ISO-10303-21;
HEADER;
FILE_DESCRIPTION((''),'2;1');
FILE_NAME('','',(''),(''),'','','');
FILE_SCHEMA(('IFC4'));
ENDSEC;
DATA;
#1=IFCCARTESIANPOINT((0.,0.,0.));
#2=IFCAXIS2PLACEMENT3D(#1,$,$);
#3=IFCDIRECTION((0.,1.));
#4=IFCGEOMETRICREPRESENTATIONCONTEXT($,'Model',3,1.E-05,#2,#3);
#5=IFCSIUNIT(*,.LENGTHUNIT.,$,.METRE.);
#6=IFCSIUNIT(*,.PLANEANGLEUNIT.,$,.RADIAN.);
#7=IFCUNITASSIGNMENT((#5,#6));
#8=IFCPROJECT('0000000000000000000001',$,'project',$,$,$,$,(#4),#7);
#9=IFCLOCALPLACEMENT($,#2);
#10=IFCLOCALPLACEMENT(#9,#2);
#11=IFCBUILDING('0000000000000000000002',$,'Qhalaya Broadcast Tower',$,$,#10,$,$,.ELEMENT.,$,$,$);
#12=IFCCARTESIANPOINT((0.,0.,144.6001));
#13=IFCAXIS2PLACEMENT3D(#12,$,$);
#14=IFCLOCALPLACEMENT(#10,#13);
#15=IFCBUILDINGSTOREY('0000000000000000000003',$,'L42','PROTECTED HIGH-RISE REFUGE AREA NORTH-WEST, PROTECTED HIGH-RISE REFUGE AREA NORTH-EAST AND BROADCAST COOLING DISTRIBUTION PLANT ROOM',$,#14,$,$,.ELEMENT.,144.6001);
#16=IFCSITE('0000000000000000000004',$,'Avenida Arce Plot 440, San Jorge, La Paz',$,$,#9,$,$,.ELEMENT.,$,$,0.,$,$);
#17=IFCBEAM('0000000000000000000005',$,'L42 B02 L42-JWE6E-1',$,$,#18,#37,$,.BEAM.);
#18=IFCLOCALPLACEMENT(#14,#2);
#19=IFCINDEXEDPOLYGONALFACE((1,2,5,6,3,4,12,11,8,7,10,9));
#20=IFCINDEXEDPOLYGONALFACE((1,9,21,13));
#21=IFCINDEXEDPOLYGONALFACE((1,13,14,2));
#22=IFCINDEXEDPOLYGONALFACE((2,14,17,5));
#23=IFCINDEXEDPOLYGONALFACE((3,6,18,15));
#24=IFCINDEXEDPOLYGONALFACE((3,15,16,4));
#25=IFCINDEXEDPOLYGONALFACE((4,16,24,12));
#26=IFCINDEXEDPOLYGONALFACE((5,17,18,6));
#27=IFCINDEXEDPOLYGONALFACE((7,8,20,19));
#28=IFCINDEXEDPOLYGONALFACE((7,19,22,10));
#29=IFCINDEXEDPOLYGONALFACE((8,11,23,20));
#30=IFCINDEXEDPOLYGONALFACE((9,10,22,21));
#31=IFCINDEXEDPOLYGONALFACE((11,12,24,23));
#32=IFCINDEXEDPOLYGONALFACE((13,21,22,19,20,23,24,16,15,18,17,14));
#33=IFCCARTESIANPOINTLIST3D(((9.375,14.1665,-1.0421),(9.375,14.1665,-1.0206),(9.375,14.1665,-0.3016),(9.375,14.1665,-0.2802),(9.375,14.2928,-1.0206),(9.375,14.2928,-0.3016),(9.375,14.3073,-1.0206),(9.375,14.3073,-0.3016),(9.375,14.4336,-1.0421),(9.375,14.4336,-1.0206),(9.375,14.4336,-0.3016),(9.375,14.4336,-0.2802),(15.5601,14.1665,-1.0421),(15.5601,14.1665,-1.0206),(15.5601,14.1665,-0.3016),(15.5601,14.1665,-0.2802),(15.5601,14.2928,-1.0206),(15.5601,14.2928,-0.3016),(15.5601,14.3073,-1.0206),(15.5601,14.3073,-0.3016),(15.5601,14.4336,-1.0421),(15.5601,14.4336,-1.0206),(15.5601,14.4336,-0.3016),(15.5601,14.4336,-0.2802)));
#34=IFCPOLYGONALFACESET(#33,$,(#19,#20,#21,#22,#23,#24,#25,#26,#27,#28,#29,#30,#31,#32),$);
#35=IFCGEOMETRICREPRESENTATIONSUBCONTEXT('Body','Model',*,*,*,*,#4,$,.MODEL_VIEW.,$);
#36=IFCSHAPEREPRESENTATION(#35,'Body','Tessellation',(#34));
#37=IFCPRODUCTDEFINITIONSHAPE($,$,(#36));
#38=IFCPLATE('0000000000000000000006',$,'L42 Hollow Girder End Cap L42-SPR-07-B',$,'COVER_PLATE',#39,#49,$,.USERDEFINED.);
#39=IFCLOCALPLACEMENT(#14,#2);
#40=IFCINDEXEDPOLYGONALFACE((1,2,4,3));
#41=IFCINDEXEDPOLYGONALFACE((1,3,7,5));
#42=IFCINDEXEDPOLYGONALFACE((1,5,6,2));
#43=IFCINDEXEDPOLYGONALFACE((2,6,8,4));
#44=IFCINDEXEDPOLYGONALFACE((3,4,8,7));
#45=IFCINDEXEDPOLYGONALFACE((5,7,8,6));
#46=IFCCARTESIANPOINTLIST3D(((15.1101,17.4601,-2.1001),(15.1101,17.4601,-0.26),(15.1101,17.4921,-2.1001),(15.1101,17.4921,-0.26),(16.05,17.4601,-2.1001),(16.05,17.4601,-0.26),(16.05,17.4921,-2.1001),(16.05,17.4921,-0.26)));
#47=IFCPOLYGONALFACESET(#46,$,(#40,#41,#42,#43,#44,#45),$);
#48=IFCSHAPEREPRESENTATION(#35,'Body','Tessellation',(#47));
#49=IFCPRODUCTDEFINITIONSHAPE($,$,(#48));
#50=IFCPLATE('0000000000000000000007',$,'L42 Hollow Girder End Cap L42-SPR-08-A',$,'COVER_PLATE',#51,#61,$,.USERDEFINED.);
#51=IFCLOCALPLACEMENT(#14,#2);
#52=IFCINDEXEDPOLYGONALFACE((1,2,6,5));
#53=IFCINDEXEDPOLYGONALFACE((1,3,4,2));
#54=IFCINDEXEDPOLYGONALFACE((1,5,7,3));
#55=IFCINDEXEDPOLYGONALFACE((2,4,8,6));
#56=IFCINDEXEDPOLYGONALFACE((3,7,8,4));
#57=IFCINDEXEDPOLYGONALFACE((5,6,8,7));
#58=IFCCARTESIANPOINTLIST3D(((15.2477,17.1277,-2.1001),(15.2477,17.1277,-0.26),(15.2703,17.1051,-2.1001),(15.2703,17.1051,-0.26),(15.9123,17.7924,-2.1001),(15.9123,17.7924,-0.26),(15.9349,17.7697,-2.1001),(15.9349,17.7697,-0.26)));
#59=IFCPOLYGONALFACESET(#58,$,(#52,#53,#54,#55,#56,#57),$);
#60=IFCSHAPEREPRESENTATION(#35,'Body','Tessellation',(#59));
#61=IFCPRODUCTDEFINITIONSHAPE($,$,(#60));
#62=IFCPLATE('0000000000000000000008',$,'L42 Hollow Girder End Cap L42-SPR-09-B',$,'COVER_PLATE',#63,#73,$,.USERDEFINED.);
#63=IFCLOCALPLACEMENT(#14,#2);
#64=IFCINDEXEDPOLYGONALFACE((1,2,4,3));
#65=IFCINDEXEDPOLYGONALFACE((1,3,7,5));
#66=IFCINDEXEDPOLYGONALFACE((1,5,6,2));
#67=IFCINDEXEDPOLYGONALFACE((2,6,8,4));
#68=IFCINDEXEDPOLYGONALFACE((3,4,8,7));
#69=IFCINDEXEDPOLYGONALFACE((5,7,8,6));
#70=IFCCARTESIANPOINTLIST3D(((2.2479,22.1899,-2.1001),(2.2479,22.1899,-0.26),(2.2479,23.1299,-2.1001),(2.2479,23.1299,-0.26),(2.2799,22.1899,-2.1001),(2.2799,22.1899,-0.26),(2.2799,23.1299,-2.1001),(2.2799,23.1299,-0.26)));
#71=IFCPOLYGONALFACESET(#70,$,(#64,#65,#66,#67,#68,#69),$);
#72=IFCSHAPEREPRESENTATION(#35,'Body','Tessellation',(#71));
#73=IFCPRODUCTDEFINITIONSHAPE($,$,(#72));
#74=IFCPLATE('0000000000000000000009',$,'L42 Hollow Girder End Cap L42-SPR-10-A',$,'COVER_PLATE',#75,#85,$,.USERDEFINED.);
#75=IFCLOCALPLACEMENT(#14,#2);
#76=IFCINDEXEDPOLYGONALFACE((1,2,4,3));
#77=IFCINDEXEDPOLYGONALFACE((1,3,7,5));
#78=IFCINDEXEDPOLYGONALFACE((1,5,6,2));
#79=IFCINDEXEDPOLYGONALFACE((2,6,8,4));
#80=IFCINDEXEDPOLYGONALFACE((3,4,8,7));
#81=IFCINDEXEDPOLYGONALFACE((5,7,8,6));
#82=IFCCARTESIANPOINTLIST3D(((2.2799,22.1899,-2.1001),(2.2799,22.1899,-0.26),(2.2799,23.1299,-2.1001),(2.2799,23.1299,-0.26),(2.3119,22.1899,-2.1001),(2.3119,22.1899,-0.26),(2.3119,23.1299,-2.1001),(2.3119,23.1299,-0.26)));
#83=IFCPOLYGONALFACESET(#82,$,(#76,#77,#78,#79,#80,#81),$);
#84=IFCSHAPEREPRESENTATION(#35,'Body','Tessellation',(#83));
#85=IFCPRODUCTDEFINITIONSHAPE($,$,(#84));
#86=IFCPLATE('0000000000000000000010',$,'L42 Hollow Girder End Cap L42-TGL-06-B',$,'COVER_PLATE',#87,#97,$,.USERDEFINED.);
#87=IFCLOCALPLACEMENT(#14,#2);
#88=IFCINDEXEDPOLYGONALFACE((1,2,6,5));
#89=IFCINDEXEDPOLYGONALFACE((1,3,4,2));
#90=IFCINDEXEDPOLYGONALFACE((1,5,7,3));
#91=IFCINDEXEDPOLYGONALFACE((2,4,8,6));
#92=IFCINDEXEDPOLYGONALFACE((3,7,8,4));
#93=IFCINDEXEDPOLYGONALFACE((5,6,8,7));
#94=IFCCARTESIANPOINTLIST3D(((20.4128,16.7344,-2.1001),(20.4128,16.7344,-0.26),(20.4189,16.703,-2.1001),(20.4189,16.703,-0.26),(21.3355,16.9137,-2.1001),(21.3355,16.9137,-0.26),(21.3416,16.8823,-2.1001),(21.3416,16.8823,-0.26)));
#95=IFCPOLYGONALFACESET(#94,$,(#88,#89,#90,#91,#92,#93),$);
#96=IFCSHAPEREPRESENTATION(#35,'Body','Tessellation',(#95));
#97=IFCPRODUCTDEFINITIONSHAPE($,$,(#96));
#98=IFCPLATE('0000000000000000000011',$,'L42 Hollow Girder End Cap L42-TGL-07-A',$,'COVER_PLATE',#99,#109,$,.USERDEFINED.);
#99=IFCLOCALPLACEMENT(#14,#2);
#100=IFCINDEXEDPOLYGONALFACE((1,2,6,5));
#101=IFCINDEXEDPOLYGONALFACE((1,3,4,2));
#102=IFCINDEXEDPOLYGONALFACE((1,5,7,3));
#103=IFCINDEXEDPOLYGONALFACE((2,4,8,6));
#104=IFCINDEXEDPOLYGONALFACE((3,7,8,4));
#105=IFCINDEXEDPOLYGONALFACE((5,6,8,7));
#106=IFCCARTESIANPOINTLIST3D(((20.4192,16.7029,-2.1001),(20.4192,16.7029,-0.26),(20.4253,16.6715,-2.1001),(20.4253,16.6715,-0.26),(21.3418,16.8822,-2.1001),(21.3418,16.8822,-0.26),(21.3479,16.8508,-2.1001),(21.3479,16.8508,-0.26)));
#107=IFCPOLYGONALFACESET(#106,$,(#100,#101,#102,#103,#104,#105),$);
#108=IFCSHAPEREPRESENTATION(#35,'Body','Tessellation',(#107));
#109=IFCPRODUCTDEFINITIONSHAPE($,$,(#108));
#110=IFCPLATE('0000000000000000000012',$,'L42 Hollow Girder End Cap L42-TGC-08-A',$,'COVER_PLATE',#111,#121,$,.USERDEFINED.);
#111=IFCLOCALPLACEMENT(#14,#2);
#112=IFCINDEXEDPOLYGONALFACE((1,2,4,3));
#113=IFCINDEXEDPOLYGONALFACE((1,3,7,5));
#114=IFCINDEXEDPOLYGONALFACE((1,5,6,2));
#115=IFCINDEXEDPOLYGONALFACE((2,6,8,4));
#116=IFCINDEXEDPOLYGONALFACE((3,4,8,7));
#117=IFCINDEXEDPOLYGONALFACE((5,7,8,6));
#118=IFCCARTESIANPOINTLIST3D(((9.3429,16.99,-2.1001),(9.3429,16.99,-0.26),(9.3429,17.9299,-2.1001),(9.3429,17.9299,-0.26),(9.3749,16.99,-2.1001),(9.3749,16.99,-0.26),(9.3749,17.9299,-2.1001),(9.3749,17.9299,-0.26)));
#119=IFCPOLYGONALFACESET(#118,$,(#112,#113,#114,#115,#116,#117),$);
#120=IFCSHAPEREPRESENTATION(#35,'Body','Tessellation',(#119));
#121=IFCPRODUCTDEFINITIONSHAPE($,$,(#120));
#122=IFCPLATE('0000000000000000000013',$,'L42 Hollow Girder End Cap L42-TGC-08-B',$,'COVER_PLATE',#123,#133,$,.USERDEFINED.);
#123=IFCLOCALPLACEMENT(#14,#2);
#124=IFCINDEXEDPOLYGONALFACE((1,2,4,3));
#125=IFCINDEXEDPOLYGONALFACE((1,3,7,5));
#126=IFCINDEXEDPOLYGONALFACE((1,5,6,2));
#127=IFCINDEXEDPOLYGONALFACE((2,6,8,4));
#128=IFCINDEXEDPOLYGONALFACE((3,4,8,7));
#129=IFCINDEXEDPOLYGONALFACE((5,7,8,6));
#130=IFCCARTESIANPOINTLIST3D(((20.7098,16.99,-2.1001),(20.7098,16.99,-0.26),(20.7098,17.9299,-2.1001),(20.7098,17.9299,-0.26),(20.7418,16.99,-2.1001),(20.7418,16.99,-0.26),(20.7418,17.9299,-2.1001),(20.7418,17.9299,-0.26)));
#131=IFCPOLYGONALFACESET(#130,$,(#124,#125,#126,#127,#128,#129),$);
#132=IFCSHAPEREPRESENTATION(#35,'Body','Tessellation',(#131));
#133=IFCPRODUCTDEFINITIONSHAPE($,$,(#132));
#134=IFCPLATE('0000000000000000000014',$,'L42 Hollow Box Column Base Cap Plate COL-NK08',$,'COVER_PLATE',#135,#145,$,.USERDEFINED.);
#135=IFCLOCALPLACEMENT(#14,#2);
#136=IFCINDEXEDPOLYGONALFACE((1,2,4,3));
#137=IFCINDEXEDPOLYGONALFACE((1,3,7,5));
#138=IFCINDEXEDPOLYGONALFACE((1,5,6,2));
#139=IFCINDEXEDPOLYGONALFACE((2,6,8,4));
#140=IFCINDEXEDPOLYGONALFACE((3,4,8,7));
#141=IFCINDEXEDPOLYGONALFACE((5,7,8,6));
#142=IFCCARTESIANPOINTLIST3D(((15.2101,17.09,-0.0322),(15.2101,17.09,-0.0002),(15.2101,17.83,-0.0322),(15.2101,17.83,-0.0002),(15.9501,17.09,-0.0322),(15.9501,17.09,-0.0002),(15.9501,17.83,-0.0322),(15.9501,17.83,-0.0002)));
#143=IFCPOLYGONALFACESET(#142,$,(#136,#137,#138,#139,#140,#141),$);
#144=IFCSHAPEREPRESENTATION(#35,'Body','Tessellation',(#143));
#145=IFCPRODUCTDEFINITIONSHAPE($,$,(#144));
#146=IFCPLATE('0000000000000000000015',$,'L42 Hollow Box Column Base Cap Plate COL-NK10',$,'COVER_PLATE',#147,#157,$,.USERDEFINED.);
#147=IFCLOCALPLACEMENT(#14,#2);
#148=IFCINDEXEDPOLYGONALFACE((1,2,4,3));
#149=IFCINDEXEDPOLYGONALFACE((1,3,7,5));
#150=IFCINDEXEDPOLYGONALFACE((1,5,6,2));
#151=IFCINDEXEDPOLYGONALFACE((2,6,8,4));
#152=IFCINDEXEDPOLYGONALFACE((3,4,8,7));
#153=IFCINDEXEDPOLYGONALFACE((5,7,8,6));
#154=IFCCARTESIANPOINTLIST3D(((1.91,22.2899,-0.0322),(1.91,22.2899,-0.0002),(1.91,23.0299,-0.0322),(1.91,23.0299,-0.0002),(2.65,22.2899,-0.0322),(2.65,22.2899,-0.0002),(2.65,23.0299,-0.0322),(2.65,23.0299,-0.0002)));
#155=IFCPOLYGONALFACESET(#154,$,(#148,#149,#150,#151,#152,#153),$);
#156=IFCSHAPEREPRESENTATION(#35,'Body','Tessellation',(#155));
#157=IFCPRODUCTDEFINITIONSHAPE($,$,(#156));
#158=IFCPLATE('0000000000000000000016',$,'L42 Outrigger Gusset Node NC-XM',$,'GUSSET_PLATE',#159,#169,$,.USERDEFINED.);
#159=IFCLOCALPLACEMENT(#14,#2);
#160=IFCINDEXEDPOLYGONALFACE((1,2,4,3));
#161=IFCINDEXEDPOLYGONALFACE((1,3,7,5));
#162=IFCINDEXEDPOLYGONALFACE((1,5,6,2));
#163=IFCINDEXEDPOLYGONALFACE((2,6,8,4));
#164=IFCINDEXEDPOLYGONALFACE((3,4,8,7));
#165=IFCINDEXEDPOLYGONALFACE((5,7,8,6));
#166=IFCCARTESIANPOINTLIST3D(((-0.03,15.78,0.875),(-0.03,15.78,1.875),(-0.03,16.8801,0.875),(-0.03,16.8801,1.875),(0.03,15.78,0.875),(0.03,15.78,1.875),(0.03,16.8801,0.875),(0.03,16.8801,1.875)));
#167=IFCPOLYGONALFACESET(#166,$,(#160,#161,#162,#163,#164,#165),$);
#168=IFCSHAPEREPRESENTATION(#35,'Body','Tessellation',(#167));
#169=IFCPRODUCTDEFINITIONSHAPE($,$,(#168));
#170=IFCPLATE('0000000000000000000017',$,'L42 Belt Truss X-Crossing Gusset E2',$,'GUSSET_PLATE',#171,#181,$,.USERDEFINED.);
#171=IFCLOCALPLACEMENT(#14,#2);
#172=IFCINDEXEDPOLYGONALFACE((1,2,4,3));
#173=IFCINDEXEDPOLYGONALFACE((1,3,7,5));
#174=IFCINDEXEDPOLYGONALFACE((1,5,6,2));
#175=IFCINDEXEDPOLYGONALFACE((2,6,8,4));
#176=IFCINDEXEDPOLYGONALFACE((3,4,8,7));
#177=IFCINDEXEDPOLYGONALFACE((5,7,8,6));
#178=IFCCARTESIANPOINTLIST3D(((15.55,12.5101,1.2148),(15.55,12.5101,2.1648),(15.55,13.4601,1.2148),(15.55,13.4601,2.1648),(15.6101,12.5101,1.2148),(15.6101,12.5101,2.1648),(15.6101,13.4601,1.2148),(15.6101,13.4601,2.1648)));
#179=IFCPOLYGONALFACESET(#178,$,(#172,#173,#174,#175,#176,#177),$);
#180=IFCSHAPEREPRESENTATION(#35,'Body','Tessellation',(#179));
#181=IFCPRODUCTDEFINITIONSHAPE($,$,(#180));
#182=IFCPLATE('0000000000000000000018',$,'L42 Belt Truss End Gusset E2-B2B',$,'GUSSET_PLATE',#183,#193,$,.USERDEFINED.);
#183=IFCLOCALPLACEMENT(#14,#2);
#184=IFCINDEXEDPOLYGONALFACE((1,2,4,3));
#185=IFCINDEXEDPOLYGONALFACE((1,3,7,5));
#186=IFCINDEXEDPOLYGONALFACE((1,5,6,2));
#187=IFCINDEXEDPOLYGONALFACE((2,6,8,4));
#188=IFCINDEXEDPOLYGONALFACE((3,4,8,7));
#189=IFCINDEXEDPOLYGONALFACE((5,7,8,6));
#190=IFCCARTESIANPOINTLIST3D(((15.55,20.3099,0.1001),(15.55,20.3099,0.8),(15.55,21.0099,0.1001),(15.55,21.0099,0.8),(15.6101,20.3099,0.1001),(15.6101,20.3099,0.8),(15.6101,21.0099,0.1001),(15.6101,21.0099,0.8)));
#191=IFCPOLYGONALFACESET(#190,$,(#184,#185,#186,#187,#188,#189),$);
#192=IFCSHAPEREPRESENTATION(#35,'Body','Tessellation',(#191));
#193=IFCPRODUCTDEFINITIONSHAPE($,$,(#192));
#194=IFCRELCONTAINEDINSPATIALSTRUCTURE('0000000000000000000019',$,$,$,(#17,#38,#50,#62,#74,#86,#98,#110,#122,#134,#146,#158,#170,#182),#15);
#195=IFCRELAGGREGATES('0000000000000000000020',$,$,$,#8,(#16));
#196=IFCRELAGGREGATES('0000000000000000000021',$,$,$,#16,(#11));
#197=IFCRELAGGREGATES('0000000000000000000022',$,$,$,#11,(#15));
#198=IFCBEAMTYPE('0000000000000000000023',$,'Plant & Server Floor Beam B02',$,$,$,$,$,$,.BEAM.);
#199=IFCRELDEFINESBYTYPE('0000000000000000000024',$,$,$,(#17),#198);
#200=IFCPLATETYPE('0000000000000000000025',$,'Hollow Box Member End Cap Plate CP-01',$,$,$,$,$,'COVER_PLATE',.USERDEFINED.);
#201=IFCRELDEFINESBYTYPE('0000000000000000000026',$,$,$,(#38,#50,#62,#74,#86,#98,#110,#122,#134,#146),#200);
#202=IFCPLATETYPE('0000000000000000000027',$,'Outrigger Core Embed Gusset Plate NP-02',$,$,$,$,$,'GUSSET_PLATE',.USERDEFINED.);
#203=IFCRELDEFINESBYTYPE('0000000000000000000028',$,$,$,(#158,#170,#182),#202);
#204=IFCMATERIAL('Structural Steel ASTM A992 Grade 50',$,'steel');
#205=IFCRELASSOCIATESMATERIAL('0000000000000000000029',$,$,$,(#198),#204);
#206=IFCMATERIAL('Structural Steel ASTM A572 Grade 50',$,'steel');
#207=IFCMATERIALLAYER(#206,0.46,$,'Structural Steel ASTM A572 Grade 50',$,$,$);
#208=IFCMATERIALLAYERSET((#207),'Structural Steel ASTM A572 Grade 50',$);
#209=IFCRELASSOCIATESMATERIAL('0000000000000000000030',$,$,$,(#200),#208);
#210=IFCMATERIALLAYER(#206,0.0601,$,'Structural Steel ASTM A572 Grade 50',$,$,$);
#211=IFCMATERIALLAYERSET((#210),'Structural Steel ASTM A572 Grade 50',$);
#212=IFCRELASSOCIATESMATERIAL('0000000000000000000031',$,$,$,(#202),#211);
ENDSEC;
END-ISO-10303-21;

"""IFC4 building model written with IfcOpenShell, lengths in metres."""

from ifc_helpers import new_model, si_unit, direction, frame, origin, origin_2d, place, context, subcontext, project, spatial, rectangle, i_section, extrude, material, layer, layer_set, material_profile, profile_set, type_object, element, save


model = new_model("IFC4")

# Units and contexts
model_context = context("Model", 3, precision=1e-05, world=origin(), true_north=direction((0.0, 1.0)))
body_context = subcontext(model_context, "Body", "Model", "MODEL_VIEW")
ifc_project = project(units=[si_unit("LENGTHUNIT", "METRE"), si_unit("PLANEANGLEUNIT", "RADIAN")], contexts=[model_context])

# Site, building, storey
site_placement = place(None, origin())
site = spatial("IfcSite", under=ifc_project, at=site_placement, Name="Avenida Arce Plot 440, San Jorge, La Paz", CompositionType="ELEMENT", RefElevation=0.0)
building_placement = place(site_placement, origin())
building = spatial("IfcBuilding", under=site, at=building_placement, Name="Qhalaya Broadcast Tower", CompositionType="ELEMENT")
storey_placement = place(building_placement, frame((0.0, 0.0, 144.6001)))
storey = spatial("IfcBuildingStorey", under=building, at=storey_placement, Name="L42", Description="PROTECTED HIGH-RISE REFUGE AREA NORTH-WEST, PROTECTED HIGH-RISE REFUGE AREA NORTH-EAST AND BROADCAST COOLING DISTRIBUTION PLANT ROOM", CompositionType="ELEMENT", Elevation=144.6001)

# Shared definitions
ifc_material_1 = material(Name="Structural Steel ASTM A572 Grade 50", Category="steel")

# Beam
ifc_material_2 = material(Name="Structural Steel ASTM A992 Grade 50", Category="steel")
ifc_material_profile_1 = material_profile(ifc_material_2, i_section(OverallWidth=0.2671, OverallDepth=0.762, WebThickness=0.0144, FlangeThickness=0.0215, at=origin_2d()), Name="W30X116")
ifc_profile_set_1 = profile_set([ifc_material_profile_1], Name="Structural Steel ASTM A992 Grade 50")
beam_type_1 = type_object("IfcBeamType", Name="Plant & Server Floor Beam B02", PredefinedType="BEAM", material=ifc_profile_set_1)
beam_1_placement = place(storey_placement, frame((9.375, 14.3, -0.6611), z_axis=(1.0, 0.0, 0.0), x_axis=(0.0, 1.0, 0.0)))
element("IfcBeam", 1, at=beam_1_placement, inside=storey, type_object=beam_type_1, Name="L42 B02 L42-JWE6E-1", PredefinedType="BEAM", context=body_context, shape_type="SweptSolid", body=[
    extrude(i_section(OverallWidth=0.2671, OverallDepth=0.762, WebThickness=0.0144, FlangeThickness=0.0215, at=origin_2d()), origin(), (0.0, 0.0, 1.0), 6.1851),
])

# Plates
ifc_layer_1 = layer(ifc_material_1, 0.46, Name="Structural Steel ASTM A572 Grade 50")
ifc_layer_set_1 = layer_set([ifc_layer_1], Name="Structural Steel ASTM A572 Grade 50")
plate_type_1 = type_object("IfcPlateType", Name="Hollow Box Member End Cap Plate CP-01", ElementType="COVER_PLATE", PredefinedType="USERDEFINED", material=ifc_layer_set_1)
for number, where, z_axis, x_axis, name in (
    (2, (15.5801, 17.4761, -2.1001), (0.0, 0.0, 1.0), (-1.0, 0.0, 0.0), "L42 Hollow Girder End Cap L42-SPR-07-B"),
    (3, (15.5913, 17.4487, -2.1001), (0.0, 0.0, 1.0), (-0.707107, -0.707107, 0.0), "L42 Hollow Girder End Cap L42-SPR-08-A"),
    (4, (2.2639, 22.6599, -2.1001), (0.0, 0.0, 1.0), (0.0, -1.0, 0.0), "L42 Hollow Girder End Cap L42-SPR-09-B"),
    (5, (2.2959, 22.6599, -2.1001), (0.0, 0.0, 1.0), (0.0, -1.0, 0.0), "L42 Hollow Girder End Cap L42-SPR-10-A"),
    (6, (20.8772, 16.8083, -2.1001), (0.0, 0.0, 1.0), (-0.981627, -0.190809, 0.0), "L42 Hollow Girder End Cap L42-TGL-06-B"),
    (7, (20.8835, 16.7769, -2.1001), (0.0, 0.0, 1.0), (-0.981627, -0.190809, 0.0), "L42 Hollow Girder End Cap L42-TGL-07-A"),
    (8, (9.3589, 17.46, -2.1001), (0.0, 0.0, 1.0), (0.0, 1.0, 0.0), "L42 Hollow Girder End Cap L42-TGC-08-A"),
    (9, (20.7258, 17.46, -2.1001), (0.0, 0.0, 1.0), (0.0, 1.0, 0.0), "L42 Hollow Girder End Cap L42-TGC-08-B"),
):
    element("IfcPlate", number, at=place(storey_placement, frame(where, z_axis=z_axis, x_axis=x_axis)), inside=storey, type_object=plate_type_1, Name=name, ObjectType="COVER_PLATE", PredefinedType="USERDEFINED", context=body_context, shape_type="SweptSolid", body=[
        extrude(rectangle(XDim=0.9399, YDim=0.032, at=origin_2d()), origin(), (0.0, 0.0, 1.0), 1.8401),
    ])
for number, where, z_axis, x_axis, name in (
    (10, (15.5801, 17.46, -0.0322), (0.0, 0.0, 1.0), (0.0, 1.0, 0.0), "L42 Hollow Box Column Base Cap Plate COL-NK08"),
    (11, (2.28, 22.6599, -0.0322), (0.0, 0.0, 1.0), (1.0, 0.0, 0.0), "L42 Hollow Box Column Base Cap Plate COL-NK10"),
):
    element("IfcPlate", number, at=place(storey_placement, frame(where, z_axis=z_axis, x_axis=x_axis)), inside=storey, type_object=plate_type_1, Name=name, ObjectType="COVER_PLATE", PredefinedType="USERDEFINED", context=body_context, shape_type="SweptSolid", body=[
        extrude(rectangle(XDim=0.74, YDim=0.74, at=origin_2d()), origin(), (0.0, 0.0, 1.0), 0.032),
    ])
ifc_layer_2 = layer(ifc_material_1, 0.0601, Name="Structural Steel ASTM A572 Grade 50")
ifc_layer_set_2 = layer_set([ifc_layer_2], Name="Structural Steel ASTM A572 Grade 50")
plate_type_2 = type_object("IfcPlateType", Name="Outrigger Core Embed Gusset Plate NP-02", ElementType="GUSSET_PLATE", PredefinedType="USERDEFINED", material=ifc_layer_set_2)
plate_1_placement = place(storey_placement, frame((0.0, 16.3301, 0.875), z_axis=(0.0, 0.0, 1.0), x_axis=(0.0, 1.0, 0.0)))
element("IfcPlate", 12, at=plate_1_placement, inside=storey, type_object=plate_type_2, Name="L42 Outrigger Gusset Node NC-XM", ObjectType="GUSSET_PLATE", PredefinedType="USERDEFINED", context=body_context, shape_type="SweptSolid", body=[
    extrude(rectangle(XDim=1.1001, YDim=0.0601, at=origin_2d()), origin(), (0.0, 0.0, 1.0), 1.0),
])
plate_2_placement = place(storey_placement, frame((15.5801, 12.9851, 1.2148), z_axis=(0.0, 0.0, 1.0), x_axis=(0.0, 1.0, 0.0)))
element("IfcPlate", 13, at=plate_2_placement, inside=storey, type_object=plate_type_2, Name="L42 Belt Truss X-Crossing Gusset E2", ObjectType="GUSSET_PLATE", PredefinedType="USERDEFINED", context=body_context, shape_type="SweptSolid", body=[
    extrude(rectangle(XDim=0.95, YDim=0.0601, at=origin_2d()), origin(), (0.0, 0.0, 1.0), 0.95),
])
plate_3_placement = place(storey_placement, frame((15.5801, 20.6599, 0.1001), z_axis=(0.0, 0.0, 1.0), x_axis=(0.0, 1.0, 0.0)))
element("IfcPlate", 14, at=plate_3_placement, inside=storey, type_object=plate_type_2, Name="L42 Belt Truss End Gusset E2-B2B", ObjectType="GUSSET_PLATE", PredefinedType="USERDEFINED", context=body_context, shape_type="SweptSolid", body=[
    extrude(rectangle(XDim=0.7, YDim=0.0601, at=origin_2d()), origin(), (0.0, 0.0, 1.0), 0.7),
])

save(model, "model.ifc")
